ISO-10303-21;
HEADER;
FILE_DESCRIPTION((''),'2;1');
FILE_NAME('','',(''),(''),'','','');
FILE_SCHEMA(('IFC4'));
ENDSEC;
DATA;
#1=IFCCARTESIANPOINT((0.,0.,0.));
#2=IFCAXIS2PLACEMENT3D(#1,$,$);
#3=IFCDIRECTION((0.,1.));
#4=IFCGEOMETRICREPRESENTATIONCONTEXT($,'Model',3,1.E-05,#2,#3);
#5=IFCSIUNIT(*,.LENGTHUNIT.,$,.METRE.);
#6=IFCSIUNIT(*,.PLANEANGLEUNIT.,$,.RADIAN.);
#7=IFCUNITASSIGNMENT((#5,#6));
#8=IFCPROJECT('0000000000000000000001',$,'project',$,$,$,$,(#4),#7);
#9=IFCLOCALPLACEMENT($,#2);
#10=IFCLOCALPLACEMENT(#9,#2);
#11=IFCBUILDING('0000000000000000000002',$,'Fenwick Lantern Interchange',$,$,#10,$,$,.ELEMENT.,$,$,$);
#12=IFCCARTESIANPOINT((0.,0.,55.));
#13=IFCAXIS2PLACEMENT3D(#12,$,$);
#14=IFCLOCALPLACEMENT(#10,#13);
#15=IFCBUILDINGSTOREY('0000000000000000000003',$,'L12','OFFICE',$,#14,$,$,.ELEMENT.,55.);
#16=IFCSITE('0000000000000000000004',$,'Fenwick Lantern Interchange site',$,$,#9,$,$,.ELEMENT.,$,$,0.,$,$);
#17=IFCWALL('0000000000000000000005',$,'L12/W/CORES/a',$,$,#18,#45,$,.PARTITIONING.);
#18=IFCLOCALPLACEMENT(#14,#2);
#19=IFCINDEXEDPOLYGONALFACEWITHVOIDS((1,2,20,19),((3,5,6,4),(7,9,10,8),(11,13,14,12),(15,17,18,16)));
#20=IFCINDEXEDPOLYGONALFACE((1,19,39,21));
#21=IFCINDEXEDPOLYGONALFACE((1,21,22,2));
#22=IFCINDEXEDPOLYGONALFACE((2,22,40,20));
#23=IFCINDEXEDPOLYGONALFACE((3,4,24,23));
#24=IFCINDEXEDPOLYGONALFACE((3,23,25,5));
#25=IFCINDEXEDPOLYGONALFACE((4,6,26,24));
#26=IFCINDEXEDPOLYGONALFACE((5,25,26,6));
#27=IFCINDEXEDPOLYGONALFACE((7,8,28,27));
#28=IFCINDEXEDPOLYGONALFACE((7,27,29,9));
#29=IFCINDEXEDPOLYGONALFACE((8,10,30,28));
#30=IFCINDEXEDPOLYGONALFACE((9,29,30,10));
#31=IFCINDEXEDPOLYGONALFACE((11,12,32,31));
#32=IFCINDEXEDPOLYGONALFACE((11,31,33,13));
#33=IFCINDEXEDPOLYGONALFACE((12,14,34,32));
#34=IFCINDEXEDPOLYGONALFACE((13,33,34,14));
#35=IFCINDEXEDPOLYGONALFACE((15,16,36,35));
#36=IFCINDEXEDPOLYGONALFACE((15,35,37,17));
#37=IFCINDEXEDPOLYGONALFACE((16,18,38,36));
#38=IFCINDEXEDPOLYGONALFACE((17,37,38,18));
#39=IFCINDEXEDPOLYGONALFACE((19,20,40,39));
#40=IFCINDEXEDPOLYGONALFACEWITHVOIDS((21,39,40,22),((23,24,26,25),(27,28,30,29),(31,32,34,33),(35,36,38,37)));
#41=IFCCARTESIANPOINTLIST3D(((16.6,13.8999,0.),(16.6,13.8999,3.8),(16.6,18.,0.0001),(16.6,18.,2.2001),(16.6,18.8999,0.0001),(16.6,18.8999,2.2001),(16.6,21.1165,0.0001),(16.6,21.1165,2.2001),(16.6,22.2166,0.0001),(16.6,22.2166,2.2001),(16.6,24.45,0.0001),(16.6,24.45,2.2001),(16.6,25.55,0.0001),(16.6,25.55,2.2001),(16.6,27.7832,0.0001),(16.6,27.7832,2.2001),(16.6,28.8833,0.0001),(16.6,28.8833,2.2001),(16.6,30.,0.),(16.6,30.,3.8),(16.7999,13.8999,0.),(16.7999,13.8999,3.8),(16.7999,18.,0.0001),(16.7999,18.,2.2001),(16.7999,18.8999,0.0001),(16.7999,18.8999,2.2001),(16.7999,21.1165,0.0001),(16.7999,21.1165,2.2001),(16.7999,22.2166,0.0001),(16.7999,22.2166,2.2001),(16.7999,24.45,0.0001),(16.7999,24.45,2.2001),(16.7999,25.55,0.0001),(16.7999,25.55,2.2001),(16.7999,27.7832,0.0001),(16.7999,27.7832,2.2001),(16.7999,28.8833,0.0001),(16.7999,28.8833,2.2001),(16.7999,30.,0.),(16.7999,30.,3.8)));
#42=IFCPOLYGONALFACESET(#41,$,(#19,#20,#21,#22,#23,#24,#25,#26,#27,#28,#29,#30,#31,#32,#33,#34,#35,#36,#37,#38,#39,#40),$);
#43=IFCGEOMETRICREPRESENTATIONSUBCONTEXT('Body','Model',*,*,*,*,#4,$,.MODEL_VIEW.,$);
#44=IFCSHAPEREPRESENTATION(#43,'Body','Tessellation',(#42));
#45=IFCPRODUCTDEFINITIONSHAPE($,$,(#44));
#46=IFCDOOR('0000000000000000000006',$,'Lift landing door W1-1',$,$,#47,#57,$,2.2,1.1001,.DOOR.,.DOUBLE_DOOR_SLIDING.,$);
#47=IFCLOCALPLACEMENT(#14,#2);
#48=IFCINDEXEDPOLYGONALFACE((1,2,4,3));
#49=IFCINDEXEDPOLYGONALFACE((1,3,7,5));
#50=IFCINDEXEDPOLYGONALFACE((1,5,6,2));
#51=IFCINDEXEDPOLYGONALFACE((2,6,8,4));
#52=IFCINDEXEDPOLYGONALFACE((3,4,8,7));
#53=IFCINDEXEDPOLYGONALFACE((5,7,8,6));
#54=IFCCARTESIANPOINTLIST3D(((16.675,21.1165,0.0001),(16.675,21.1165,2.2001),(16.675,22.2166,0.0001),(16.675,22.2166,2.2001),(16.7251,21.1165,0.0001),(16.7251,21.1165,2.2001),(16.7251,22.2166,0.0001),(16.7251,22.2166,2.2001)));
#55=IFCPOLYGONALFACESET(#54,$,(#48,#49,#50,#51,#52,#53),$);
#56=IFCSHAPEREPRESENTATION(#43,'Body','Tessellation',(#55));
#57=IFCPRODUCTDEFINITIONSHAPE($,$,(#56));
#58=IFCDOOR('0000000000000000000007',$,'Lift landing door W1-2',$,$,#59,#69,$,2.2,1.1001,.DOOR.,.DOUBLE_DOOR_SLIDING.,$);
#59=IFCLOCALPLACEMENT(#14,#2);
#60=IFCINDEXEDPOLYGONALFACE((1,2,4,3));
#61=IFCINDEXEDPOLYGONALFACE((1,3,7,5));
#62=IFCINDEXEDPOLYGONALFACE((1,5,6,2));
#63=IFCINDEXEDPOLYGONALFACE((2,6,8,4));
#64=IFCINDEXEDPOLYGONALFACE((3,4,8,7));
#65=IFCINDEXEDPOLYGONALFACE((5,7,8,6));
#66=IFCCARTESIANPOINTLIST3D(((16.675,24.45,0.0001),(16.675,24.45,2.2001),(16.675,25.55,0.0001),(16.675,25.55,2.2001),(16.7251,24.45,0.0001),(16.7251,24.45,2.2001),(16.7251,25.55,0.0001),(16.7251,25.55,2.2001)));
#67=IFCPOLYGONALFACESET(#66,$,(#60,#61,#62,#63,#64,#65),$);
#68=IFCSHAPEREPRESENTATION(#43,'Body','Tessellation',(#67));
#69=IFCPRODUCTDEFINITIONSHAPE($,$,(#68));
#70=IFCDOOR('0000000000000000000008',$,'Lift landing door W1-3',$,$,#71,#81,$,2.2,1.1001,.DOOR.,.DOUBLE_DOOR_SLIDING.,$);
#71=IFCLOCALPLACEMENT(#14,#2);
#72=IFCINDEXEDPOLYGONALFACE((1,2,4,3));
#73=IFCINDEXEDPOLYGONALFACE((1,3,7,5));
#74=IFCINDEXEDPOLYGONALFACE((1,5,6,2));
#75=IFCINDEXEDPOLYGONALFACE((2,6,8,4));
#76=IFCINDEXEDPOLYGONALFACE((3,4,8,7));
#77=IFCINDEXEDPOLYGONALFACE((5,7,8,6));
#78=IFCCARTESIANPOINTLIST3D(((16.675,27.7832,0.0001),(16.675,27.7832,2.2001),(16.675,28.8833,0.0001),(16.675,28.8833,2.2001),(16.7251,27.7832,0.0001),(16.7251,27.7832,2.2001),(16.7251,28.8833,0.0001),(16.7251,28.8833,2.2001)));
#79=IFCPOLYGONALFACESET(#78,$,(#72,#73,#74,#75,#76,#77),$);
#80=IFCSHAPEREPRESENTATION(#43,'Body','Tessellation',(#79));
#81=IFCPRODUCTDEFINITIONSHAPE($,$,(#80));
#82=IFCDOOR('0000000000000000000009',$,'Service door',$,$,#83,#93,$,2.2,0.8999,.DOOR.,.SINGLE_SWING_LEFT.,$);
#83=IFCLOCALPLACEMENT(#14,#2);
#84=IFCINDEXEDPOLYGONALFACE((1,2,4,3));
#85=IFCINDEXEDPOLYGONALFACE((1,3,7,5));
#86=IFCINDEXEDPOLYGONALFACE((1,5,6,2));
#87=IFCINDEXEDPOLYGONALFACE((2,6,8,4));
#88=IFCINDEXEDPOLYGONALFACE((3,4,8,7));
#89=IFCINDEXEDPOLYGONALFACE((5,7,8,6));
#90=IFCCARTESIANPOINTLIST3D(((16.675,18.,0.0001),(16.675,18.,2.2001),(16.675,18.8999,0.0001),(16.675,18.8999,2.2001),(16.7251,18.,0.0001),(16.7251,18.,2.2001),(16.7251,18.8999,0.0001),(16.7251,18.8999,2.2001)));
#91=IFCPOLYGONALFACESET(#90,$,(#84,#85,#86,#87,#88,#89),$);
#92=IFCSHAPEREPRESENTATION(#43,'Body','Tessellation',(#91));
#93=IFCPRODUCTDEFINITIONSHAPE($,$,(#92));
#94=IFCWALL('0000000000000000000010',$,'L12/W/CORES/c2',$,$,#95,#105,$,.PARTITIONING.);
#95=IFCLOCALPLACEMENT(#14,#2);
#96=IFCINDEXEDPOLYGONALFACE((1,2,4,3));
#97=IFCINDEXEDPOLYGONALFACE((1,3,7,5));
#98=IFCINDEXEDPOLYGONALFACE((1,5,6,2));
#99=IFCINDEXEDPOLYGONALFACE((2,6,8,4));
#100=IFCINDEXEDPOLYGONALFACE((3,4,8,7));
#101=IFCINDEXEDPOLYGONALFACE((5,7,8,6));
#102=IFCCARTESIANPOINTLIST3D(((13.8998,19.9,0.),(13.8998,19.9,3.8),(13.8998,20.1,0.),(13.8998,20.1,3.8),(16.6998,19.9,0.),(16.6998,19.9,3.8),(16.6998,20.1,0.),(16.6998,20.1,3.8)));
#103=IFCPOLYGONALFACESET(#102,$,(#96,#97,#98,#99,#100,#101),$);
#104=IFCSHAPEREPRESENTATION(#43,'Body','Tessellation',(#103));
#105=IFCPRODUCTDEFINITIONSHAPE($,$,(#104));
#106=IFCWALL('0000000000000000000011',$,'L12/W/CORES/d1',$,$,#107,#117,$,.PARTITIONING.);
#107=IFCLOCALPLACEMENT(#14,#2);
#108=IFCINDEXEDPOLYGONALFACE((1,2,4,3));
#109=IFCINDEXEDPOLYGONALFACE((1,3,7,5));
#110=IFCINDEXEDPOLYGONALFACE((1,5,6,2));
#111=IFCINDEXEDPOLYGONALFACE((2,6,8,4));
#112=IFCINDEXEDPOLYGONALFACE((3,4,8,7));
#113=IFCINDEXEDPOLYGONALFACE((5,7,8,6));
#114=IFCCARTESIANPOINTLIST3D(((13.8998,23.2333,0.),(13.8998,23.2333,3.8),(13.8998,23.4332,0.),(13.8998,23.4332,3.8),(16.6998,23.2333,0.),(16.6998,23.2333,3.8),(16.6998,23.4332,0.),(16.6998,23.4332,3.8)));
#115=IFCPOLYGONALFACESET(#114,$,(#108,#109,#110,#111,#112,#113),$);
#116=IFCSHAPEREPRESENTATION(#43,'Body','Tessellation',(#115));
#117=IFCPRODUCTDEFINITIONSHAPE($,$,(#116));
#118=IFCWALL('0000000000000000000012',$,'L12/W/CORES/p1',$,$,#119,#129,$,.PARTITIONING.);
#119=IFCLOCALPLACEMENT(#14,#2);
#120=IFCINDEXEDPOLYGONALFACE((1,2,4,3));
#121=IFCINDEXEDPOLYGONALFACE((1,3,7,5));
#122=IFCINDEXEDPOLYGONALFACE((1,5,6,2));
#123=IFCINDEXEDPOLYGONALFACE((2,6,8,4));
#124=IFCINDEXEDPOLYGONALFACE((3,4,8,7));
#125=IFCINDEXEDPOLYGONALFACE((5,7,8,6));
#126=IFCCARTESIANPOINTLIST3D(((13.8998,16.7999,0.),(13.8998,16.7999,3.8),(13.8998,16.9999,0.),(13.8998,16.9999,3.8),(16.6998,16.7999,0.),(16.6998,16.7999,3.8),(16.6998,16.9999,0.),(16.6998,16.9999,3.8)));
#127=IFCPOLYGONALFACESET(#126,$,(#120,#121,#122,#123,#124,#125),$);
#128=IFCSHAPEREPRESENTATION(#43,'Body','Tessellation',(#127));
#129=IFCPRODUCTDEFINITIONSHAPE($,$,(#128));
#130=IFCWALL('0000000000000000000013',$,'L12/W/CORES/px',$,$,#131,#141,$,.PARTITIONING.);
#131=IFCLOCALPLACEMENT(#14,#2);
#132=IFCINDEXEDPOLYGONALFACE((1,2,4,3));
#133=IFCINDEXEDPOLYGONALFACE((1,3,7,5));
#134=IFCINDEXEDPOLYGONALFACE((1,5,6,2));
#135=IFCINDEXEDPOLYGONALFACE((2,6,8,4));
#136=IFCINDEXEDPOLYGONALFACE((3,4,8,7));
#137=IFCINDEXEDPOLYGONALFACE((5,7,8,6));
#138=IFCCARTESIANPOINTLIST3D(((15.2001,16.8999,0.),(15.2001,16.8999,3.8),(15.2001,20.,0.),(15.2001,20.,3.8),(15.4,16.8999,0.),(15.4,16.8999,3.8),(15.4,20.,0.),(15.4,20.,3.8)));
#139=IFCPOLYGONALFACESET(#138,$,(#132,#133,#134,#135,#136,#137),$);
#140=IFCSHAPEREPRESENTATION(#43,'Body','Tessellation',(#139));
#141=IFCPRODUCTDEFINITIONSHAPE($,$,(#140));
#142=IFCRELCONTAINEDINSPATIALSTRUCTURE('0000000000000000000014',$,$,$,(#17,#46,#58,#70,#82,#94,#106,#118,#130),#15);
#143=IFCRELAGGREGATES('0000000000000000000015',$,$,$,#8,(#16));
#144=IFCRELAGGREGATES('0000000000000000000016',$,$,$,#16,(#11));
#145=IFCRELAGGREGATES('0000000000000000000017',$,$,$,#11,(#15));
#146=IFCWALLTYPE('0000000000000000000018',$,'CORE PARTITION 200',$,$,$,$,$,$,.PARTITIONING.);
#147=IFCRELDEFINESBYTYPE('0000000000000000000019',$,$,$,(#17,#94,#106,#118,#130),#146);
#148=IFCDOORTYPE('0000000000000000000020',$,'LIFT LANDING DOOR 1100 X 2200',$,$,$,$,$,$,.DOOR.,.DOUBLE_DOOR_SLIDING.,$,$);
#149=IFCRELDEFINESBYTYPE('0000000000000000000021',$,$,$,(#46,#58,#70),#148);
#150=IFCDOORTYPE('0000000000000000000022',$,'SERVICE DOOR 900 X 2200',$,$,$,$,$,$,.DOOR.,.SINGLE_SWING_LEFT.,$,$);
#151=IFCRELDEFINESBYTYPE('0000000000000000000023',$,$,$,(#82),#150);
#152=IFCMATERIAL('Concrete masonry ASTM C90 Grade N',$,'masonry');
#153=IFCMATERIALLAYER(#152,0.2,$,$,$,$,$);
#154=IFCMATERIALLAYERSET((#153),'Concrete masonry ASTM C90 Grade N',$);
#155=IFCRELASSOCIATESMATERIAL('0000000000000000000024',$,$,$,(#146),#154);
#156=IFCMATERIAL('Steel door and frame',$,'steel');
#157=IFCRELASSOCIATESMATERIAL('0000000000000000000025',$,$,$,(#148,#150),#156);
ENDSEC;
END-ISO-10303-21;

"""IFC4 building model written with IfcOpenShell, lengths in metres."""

from ifc_helpers import new_model, si_unit, direction, frame, frame_2d, origin, place, context, subcontext, project, spatial, rectangle, extrude, material, layer, layer_set, type_object, element, fill, save


model = new_model("IFC4")

# Units and contexts
model_context = context("Model", 3, precision=1e-05, world=origin(), true_north=direction((0.0, 1.0)))
body_context = subcontext(model_context, "Body", "Model", "MODEL_VIEW")
ifc_project = project(units=[si_unit("LENGTHUNIT", "METRE"), si_unit("PLANEANGLEUNIT", "RADIAN")], contexts=[model_context])

# Site, building, storey
site_placement = place(None, origin())
site = spatial("IfcSite", under=ifc_project, at=site_placement, Name="Fenwick Lantern Interchange site", CompositionType="ELEMENT", RefElevation=0.0)
building_placement = place(site_placement, origin())
building = spatial("IfcBuilding", under=site, at=building_placement, Name="Fenwick Lantern Interchange", CompositionType="ELEMENT")
storey_placement = place(building_placement, frame((0.0, 0.0, 55.0)))
storey = spatial("IfcBuildingStorey", under=building, at=storey_placement, Name="L12", Description="OFFICE", CompositionType="ELEMENT", Elevation=55.0)

# Wall, openings, doors
ifc_material_1 = material(Name="Concrete masonry ASTM C90 Grade N", Category="masonry")
ifc_layer_1 = layer(ifc_material_1, 0.2)
ifc_layer_set_1 = layer_set([ifc_layer_1], Name="Concrete masonry ASTM C90 Grade N")
wall_type_1 = type_object("IfcWallType", Name="CORE PARTITION 200", PredefinedType="PARTITIONING", material=ifc_layer_set_1)
wall_1_placement = place(storey_placement, frame((16.7, 13.8999, 0.0), z_axis=(0.0, 0.0, 1.0), x_axis=(0.0, 1.0, 0.0)))
wall_1 = element("IfcWall", 1, at=wall_1_placement, inside=storey, type_object=wall_type_1, Name="L12/W/CORES/a", PredefinedType="PARTITIONING", context=body_context, shape_type="SweptSolid", body=[
    extrude(rectangle(XDim=16.1001, YDim=0.2, at=frame_2d((8.05, 0.0))), origin(), (0.0, 0.0, 1.0), 3.8),
])
opening_1_placement = place(wall_1_placement, frame((4.1001, 0.0, 0.0)))
opening_1 = element("IfcOpeningElement", 2, at=opening_1_placement, cuts=wall_1, PredefinedType="OPENING", context=body_context, shape_type="SweptSolid", body=[
    extrude(rectangle(XDim=0.8999, YDim=2.2, at=frame_2d((0.45, 1.1001))), frame((0.0, 0.1099, 0.0), z_axis=(0.0, -1.0, 0.0), x_axis=(1.0, 0.0, 0.0)), (0.0, 0.0, 1.0), 0.22),
])
opening_2_placement = place(wall_1_placement, frame((7.2166, 0.0, 0.0)))
opening_2 = element("IfcOpeningElement", 3, at=opening_2_placement, cuts=wall_1, PredefinedType="OPENING", context=body_context, shape_type="SweptSolid", body=[
    extrude(rectangle(XDim=1.1001, YDim=2.2, at=frame_2d((0.55, 1.1001))), frame((0.0, 0.1099, 0.0), z_axis=(0.0, -1.0, 0.0), x_axis=(1.0, 0.0, 0.0)), (0.0, 0.0, 1.0), 0.22),
])
opening_3_placement = place(wall_1_placement, frame((10.55, 0.0, 0.0)))
opening_3 = element("IfcOpeningElement", 4, at=opening_3_placement, cuts=wall_1, PredefinedType="OPENING", context=body_context, shape_type="SweptSolid", body=[
    extrude(rectangle(XDim=1.1001, YDim=2.2, at=frame_2d((0.55, 1.1001))), frame((0.0, 0.1099, 0.0), z_axis=(0.0, -1.0, 0.0), x_axis=(1.0, 0.0, 0.0)), (0.0, 0.0, 1.0), 0.22),
])
opening_4_placement = place(wall_1_placement, frame((13.8833, 0.0, 0.0)))
opening_4 = element("IfcOpeningElement", 5, at=opening_4_placement, cuts=wall_1, PredefinedType="OPENING", context=body_context, shape_type="SweptSolid", body=[
    extrude(rectangle(XDim=1.1001, YDim=2.2, at=frame_2d((0.55, 1.1001))), frame((0.0, 0.1099, 0.0), z_axis=(0.0, -1.0, 0.0), x_axis=(1.0, 0.0, 0.0)), (0.0, 0.0, 1.0), 0.22),
])
ifc_material_2 = material(Name="Steel door and frame", Category="steel")
door_type_1 = type_object("IfcDoorType", Name="LIFT LANDING DOOR 1100 X 2200", OperationType="DOUBLE_DOOR_SLIDING", PredefinedType="DOOR", material=ifc_material_2)
door_1_placement = place(opening_2_placement, origin())
door_1 = element("IfcDoor", 6, at=door_1_placement, inside=storey, type_object=door_type_1, Name="Lift landing door W1-1", OperationType="DOUBLE_DOOR_SLIDING", OverallHeight=2.2, OverallWidth=1.1001, PredefinedType="DOOR", context=body_context, shape_type="SweptSolid", body=[
    extrude(rectangle(XDim=1.1001, YDim=2.2, at=frame_2d((0.55, 1.1001))), frame((0.0, 0.0249, 0.0), z_axis=(0.0, -1.0, 0.0), x_axis=(1.0, 0.0, 0.0)), (0.0, 0.0, 1.0), 0.05),
])
fill(opening_2, door_1)
door_2_placement = place(opening_3_placement, origin())
door_2 = element("IfcDoor", 7, at=door_2_placement, inside=storey, type_object=door_type_1, Name="Lift landing door W1-2", OperationType="DOUBLE_DOOR_SLIDING", OverallHeight=2.2, OverallWidth=1.1001, PredefinedType="DOOR", context=body_context, shape_type="SweptSolid", body=[
    extrude(rectangle(XDim=1.1001, YDim=2.2, at=frame_2d((0.55, 1.1001))), frame((0.0, 0.0249, 0.0), z_axis=(0.0, -1.0, 0.0), x_axis=(1.0, 0.0, 0.0)), (0.0, 0.0, 1.0), 0.05),
])
fill(opening_3, door_2)
door_3_placement = place(opening_4_placement, origin())
door_3 = element("IfcDoor", 8, at=door_3_placement, inside=storey, type_object=door_type_1, Name="Lift landing door W1-3", OperationType="DOUBLE_DOOR_SLIDING", OverallHeight=2.2, OverallWidth=1.1001, PredefinedType="DOOR", context=body_context, shape_type="SweptSolid", body=[
    extrude(rectangle(XDim=1.1001, YDim=2.2, at=frame_2d((0.55, 1.1001))), frame((0.0, 0.0249, 0.0), z_axis=(0.0, -1.0, 0.0), x_axis=(1.0, 0.0, 0.0)), (0.0, 0.0, 1.0), 0.05),
])
fill(opening_4, door_3)
door_type_2 = type_object("IfcDoorType", Name="SERVICE DOOR 900 X 2200", OperationType="SINGLE_SWING_LEFT", PredefinedType="DOOR", material=ifc_material_2)
door_4_placement = place(opening_1_placement, origin())
door_4 = element("IfcDoor", 9, at=door_4_placement, inside=storey, type_object=door_type_2, Name="Service door", OperationType="SINGLE_SWING_LEFT", OverallHeight=2.2, OverallWidth=0.8999, PredefinedType="DOOR", context=body_context, shape_type="SweptSolid", body=[
    extrude(rectangle(XDim=0.8999, YDim=2.2, at=frame_2d((0.45, 1.1001))), frame((0.0, 0.0249, 0.0), z_axis=(0.0, -1.0, 0.0), x_axis=(1.0, 0.0, 0.0)), (0.0, 0.0, 1.0), 0.05),
])
fill(opening_1, door_4)

# Walls
for number, where, z_axis, x_axis, name in (
    (10, (13.8999, 20.0, 0.0), (0.0, 0.0, 1.0), (1.0, 0.0, 0.0), "L12/W/CORES/c2"),
    (11, (13.8999, 23.3333, 0.0), (0.0, 0.0, 1.0), (1.0, 0.0, 0.0), "L12/W/CORES/d1"),
    (12, (13.8999, 16.8999, 0.0), (0.0, 0.0, 1.0), (1.0, 0.0, 0.0), "L12/W/CORES/p1"),
):
    element("IfcWall", number, at=place(storey_placement, frame(where, z_axis=z_axis, x_axis=x_axis)), inside=storey, type_object=wall_type_1, Name=name, PredefinedType="PARTITIONING", context=body_context, shape_type="SweptSolid", body=[
        extrude(rectangle(XDim=2.8, YDim=0.2, at=frame_2d((1.3999, 0.0))), origin(), (0.0, 0.0, 1.0), 3.8),
    ])
wall_2_placement = place(storey_placement, frame((15.3, 16.8999, 0.0), z_axis=(0.0, 0.0, 1.0), x_axis=(0.0, 1.0, 0.0)))
element("IfcWall", 13, at=wall_2_placement, inside=storey, type_object=wall_type_1, Name="L12/W/CORES/px", PredefinedType="PARTITIONING", context=body_context, shape_type="SweptSolid", body=[
    extrude(rectangle(XDim=3.1001, YDim=0.2, at=frame_2d((1.55, 0.0))), origin(), (0.0, 0.0, 1.0), 3.8),
])

save(model, "model.ifc")
